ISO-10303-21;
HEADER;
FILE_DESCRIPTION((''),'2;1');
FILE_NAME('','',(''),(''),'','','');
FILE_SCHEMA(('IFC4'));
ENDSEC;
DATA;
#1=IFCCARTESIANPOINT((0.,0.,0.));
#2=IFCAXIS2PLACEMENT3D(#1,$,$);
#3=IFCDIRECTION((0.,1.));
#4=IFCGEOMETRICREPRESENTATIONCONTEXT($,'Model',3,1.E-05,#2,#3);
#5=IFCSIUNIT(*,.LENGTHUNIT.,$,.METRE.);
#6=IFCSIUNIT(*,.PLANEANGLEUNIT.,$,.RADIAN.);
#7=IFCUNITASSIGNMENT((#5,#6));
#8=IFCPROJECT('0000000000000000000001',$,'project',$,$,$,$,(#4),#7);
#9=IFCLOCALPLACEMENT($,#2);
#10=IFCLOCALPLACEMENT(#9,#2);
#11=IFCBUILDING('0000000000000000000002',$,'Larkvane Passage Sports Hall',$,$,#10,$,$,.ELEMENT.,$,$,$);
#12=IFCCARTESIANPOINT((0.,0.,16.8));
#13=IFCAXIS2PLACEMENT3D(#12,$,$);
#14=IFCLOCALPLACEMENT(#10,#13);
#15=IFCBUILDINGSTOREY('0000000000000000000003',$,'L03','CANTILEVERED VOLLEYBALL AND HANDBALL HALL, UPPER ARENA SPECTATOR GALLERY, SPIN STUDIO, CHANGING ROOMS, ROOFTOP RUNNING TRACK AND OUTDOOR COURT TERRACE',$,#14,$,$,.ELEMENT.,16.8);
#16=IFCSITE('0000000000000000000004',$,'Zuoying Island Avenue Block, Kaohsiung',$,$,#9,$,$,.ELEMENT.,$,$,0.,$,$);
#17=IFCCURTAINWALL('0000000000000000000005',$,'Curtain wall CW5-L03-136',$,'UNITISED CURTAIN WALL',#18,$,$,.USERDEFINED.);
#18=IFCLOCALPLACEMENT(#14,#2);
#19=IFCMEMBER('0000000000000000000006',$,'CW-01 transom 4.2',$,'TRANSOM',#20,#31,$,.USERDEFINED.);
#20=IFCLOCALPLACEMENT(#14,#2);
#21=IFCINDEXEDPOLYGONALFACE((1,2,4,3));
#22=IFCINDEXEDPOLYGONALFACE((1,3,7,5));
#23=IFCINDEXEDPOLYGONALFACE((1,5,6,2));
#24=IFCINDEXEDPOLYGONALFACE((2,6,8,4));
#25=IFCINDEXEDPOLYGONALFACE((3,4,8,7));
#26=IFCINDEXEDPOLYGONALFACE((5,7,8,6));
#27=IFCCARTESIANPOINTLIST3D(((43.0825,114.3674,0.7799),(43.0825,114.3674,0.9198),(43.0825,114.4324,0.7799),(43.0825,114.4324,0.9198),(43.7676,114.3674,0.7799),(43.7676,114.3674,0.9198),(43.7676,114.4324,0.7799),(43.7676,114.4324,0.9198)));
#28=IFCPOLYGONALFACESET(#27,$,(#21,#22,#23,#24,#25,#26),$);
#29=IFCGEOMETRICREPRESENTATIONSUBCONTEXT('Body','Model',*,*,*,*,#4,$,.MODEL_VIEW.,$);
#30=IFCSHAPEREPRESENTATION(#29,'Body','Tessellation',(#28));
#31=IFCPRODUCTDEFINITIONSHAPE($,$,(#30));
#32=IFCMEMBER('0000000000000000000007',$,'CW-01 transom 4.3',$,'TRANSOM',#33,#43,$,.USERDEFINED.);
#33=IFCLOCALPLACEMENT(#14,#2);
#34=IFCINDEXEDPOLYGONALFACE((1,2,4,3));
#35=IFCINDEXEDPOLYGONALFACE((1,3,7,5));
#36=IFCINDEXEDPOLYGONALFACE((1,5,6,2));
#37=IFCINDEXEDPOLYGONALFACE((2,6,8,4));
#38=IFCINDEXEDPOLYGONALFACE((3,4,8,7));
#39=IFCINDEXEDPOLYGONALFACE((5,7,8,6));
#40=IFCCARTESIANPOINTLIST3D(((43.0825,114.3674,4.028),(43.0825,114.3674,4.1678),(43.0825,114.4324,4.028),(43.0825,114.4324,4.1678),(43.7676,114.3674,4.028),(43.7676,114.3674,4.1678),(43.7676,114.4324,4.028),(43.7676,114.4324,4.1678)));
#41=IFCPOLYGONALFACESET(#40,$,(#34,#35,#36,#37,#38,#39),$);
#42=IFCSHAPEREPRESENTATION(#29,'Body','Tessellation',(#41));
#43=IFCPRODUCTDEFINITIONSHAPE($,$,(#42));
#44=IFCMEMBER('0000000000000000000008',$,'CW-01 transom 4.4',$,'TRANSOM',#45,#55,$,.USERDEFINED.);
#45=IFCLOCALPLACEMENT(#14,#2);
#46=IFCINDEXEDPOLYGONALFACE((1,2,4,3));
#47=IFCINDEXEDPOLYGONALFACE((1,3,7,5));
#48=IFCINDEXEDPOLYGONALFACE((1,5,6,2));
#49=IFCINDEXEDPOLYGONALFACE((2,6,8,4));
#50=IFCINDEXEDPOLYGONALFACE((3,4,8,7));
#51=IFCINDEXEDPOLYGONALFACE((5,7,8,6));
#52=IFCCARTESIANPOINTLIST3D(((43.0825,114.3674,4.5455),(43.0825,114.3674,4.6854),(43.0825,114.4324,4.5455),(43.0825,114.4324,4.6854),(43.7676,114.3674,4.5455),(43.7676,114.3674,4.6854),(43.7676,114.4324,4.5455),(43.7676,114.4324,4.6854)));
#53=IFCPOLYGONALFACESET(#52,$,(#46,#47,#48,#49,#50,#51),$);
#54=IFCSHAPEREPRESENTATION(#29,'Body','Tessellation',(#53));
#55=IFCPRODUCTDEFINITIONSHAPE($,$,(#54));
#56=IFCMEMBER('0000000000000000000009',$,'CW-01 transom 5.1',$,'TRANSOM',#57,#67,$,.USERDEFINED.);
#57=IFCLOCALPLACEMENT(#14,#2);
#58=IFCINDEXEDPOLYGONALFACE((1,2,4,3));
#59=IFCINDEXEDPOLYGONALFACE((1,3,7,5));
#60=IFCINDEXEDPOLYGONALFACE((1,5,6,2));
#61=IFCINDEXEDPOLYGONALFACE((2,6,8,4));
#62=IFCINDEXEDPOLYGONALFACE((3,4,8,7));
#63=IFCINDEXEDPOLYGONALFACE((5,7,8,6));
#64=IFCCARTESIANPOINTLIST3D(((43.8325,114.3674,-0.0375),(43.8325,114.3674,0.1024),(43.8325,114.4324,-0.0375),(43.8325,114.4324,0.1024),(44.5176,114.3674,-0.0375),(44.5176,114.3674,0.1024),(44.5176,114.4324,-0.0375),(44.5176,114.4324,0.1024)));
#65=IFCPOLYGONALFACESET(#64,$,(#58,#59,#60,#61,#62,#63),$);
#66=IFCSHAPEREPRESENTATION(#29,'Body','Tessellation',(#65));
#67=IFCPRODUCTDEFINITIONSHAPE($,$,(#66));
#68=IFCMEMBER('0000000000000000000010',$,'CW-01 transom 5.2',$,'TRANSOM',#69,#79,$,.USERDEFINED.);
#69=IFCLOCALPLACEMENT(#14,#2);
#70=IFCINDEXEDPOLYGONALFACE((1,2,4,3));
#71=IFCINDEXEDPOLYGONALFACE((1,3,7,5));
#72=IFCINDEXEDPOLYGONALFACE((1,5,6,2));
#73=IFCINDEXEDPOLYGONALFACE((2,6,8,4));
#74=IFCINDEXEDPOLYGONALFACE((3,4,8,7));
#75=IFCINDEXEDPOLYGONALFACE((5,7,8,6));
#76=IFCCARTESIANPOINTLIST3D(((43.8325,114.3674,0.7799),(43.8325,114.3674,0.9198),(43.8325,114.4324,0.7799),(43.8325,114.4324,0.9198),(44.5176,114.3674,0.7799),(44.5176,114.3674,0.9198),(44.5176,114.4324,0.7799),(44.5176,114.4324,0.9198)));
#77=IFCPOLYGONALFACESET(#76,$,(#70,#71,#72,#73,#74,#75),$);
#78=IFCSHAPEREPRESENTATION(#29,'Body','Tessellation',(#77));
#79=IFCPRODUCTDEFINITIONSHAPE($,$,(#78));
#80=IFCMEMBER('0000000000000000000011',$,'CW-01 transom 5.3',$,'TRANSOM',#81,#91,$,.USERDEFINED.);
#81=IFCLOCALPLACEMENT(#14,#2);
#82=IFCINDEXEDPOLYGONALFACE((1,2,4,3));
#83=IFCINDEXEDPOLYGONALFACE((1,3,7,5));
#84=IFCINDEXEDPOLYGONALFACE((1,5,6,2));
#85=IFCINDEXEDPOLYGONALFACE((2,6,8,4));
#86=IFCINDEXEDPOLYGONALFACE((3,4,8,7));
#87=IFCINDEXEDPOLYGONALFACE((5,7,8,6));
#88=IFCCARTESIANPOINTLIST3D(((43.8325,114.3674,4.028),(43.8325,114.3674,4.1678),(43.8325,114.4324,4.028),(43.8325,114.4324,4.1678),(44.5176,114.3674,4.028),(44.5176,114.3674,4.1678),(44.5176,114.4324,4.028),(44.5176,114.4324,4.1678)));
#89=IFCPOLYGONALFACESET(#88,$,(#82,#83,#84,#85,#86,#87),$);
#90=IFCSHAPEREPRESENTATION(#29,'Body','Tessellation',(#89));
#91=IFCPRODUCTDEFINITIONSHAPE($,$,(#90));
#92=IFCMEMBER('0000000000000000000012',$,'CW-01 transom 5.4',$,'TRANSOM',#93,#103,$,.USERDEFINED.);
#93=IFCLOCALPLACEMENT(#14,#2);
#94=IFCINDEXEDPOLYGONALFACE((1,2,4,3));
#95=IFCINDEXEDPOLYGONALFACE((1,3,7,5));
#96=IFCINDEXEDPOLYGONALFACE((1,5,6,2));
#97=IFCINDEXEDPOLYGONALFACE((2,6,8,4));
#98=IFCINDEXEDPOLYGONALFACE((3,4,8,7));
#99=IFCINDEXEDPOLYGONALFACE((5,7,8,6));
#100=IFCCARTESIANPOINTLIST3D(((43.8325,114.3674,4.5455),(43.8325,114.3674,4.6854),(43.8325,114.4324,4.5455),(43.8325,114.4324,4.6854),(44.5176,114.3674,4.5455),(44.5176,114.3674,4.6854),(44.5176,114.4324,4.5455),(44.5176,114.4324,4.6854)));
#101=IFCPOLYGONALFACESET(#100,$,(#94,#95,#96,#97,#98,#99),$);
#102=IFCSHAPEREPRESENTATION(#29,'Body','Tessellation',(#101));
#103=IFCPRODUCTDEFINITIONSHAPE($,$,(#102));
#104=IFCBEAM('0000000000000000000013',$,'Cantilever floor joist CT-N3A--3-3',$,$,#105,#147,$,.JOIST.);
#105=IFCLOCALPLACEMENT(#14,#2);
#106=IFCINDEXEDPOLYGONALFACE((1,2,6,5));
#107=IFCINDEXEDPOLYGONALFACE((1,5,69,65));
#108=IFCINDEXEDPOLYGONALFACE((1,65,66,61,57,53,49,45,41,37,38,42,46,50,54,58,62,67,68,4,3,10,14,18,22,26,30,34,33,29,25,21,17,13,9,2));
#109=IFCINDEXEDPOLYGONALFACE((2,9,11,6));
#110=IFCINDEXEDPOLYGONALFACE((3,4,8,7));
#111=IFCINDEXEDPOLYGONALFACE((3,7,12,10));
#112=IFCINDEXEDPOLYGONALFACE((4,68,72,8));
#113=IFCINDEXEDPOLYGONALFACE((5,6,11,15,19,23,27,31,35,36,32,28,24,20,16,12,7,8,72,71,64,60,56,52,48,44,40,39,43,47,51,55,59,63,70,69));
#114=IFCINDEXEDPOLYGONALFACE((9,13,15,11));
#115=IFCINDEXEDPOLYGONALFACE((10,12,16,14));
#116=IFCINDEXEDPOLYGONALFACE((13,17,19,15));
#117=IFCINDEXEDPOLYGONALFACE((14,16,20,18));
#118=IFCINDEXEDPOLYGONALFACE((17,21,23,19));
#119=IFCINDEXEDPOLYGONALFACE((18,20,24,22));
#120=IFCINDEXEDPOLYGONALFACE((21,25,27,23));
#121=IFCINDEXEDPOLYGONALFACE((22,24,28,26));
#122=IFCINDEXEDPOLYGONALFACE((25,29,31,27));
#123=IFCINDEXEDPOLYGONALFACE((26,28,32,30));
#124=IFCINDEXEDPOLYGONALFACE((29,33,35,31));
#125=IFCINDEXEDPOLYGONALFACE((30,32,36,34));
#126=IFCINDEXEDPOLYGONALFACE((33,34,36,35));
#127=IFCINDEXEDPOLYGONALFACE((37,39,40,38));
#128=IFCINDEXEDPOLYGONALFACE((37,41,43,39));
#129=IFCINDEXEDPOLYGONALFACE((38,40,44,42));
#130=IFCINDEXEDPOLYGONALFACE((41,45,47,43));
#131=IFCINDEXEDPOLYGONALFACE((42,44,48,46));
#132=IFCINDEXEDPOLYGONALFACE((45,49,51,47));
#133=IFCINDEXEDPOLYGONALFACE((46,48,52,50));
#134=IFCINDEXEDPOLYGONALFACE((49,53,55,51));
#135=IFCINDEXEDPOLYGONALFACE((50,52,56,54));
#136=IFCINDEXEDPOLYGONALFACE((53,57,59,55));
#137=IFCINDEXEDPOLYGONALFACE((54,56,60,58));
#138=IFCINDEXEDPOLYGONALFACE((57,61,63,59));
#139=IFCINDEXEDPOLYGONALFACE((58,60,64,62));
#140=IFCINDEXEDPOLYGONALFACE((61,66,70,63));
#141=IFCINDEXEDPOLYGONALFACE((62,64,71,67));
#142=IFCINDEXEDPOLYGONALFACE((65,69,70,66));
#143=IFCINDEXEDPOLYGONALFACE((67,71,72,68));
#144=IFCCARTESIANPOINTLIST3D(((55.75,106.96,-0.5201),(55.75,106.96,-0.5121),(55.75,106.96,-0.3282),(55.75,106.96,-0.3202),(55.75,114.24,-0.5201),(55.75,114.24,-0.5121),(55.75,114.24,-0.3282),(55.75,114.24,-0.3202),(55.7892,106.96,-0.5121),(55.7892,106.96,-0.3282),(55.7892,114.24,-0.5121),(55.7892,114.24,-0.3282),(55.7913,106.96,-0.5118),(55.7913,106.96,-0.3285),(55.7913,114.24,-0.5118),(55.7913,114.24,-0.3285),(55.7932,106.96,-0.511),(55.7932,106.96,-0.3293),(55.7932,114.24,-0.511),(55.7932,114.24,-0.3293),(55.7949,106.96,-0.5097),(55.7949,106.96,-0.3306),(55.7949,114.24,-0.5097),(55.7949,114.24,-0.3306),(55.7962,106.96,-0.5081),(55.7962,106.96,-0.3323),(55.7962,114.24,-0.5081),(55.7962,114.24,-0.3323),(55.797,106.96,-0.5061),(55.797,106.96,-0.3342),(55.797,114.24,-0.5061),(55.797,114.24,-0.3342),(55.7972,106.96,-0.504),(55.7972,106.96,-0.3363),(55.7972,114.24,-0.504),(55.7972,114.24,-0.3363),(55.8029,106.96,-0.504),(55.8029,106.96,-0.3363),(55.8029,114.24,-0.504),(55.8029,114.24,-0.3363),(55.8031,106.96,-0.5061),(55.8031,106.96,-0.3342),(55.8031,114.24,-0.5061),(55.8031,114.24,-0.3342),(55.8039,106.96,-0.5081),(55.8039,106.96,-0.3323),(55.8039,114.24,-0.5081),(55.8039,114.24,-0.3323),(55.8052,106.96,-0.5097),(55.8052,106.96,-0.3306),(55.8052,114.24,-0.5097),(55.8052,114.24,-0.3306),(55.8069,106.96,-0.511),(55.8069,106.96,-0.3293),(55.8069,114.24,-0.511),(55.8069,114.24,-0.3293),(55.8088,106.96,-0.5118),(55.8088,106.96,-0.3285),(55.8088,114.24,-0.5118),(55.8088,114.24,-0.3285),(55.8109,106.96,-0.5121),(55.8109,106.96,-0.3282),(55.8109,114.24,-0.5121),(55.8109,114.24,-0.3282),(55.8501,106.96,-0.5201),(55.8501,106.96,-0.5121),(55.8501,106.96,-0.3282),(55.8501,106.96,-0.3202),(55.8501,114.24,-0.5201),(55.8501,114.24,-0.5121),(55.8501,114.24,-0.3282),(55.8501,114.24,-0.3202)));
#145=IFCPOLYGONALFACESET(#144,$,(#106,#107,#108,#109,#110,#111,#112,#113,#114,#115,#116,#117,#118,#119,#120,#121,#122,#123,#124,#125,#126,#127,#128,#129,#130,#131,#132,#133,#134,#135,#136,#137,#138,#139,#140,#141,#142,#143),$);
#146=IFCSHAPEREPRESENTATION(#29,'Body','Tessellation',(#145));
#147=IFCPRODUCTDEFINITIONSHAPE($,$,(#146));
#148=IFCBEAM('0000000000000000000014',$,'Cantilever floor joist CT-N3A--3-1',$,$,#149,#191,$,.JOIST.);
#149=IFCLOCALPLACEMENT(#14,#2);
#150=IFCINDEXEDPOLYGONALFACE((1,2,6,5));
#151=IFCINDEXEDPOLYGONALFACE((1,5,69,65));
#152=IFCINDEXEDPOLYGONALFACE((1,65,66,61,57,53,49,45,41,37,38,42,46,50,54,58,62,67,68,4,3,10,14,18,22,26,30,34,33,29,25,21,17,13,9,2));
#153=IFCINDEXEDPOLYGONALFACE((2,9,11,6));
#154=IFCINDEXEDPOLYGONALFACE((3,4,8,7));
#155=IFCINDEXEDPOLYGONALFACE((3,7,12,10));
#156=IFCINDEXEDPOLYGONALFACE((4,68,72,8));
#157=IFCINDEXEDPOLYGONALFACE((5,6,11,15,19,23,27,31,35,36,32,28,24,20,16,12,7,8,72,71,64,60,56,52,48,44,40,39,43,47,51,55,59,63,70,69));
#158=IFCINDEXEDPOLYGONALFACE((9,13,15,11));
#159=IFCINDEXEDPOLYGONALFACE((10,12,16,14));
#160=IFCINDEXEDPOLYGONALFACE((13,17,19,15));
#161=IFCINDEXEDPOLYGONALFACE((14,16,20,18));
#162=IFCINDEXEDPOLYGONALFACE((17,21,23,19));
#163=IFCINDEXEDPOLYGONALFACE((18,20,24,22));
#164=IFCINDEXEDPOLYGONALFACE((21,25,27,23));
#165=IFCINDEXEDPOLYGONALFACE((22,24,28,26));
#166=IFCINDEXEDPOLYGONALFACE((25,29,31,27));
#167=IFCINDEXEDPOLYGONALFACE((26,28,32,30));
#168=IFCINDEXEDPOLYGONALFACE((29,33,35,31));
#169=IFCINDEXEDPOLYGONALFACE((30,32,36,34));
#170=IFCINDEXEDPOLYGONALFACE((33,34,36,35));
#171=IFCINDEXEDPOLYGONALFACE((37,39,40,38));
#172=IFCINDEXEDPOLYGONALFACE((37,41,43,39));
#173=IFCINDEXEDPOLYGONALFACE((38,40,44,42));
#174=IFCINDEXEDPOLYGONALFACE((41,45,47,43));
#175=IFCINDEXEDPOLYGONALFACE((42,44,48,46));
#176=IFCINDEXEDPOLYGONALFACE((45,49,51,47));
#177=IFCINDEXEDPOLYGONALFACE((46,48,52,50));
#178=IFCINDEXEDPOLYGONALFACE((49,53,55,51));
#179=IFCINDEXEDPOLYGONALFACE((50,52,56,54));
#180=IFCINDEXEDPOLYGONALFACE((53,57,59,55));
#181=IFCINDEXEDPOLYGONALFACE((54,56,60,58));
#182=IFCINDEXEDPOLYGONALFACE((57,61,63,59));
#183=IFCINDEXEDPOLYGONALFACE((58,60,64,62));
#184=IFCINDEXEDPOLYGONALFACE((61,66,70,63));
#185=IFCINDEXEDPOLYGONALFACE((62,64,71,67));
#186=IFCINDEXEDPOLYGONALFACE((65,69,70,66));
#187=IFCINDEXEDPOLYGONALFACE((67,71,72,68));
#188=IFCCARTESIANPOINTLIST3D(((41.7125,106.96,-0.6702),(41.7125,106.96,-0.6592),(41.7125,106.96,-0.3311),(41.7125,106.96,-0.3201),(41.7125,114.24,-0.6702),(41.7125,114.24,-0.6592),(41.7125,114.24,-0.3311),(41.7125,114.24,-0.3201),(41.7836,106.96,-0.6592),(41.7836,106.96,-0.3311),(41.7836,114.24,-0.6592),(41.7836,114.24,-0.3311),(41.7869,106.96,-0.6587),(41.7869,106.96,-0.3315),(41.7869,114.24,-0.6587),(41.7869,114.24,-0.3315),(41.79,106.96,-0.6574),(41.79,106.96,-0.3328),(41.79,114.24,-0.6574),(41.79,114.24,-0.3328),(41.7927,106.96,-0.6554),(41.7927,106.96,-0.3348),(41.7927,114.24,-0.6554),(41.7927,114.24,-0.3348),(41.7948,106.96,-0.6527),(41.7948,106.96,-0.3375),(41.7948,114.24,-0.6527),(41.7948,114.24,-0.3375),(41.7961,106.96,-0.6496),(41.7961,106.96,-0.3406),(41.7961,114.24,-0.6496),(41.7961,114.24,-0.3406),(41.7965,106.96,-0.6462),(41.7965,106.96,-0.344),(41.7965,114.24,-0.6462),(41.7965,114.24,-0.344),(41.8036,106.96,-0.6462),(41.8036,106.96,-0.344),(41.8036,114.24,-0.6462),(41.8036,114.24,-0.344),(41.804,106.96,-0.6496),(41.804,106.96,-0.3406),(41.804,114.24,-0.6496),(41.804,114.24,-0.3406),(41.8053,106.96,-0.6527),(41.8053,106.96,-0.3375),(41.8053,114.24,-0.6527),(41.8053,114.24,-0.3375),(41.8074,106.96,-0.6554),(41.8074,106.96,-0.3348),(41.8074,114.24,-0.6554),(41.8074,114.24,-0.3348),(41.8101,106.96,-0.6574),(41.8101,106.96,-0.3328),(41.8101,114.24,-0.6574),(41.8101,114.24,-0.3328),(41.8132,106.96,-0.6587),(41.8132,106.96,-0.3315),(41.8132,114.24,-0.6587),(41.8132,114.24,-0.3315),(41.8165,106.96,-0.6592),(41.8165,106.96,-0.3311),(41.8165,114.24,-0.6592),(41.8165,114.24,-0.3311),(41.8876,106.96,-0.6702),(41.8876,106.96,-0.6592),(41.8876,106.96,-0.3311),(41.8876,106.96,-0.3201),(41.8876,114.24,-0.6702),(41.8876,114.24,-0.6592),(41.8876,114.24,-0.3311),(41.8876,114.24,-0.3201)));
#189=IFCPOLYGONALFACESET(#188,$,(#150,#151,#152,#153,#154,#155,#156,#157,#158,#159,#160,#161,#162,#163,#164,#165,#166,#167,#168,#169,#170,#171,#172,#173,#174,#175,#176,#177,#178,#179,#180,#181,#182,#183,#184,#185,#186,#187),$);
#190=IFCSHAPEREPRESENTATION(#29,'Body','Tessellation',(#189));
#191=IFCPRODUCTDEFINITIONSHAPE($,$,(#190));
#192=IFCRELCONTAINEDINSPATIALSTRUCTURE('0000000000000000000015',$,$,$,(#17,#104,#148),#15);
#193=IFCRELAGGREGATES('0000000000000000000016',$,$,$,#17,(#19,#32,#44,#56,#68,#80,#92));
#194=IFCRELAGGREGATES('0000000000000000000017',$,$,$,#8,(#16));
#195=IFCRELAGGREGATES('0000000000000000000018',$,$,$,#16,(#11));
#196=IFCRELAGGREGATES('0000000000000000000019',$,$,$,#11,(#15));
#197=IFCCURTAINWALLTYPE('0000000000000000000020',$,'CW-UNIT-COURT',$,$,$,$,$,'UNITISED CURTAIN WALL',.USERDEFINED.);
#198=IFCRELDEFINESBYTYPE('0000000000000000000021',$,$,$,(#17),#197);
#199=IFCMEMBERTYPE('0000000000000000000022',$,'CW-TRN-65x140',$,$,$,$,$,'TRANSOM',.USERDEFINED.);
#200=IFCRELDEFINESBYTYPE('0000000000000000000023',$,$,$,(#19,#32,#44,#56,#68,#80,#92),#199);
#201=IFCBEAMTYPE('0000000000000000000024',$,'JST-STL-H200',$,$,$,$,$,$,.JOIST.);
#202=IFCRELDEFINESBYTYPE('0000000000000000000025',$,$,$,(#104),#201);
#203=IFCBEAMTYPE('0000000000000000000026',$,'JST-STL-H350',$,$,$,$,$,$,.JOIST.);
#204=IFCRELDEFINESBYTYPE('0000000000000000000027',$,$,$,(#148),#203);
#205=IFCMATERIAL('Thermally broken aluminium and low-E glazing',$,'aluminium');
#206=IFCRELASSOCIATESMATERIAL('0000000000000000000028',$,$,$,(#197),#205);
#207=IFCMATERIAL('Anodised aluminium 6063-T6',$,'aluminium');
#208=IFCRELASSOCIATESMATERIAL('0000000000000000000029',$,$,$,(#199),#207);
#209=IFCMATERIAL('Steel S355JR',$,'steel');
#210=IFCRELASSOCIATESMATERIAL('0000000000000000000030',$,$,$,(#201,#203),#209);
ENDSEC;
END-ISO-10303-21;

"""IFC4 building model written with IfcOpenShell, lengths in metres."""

from ifc_helpers import new_model, si_unit, direction, frame, origin, origin_2d, place, context, subcontext, project, spatial, rectangle, i_section, extrude, material, material_profile, profile_set, type_object, element, aggregate, save


model = new_model("IFC4")

# Units and contexts
model_context = context("Model", 3, precision=1e-05, world=origin(), true_north=direction((0.0, 1.0)))
body_context = subcontext(model_context, "Body", "Model", "MODEL_VIEW")
ifc_project = project(units=[si_unit("LENGTHUNIT", "METRE"), si_unit("PLANEANGLEUNIT", "RADIAN")], contexts=[model_context])

# Site, building, storey
site_placement = place(None, origin())
site = spatial("IfcSite", under=ifc_project, at=site_placement, Name="Zuoying Island Avenue Block, Kaohsiung", CompositionType="ELEMENT", RefElevation=0.0)
building_placement = place(site_placement, origin())
building = spatial("IfcBuilding", under=site, at=building_placement, Name="Larkvane Passage Sports Hall", CompositionType="ELEMENT")
storey_placement = place(building_placement, frame((0.0, 0.0, 16.8)))
storey = spatial("IfcBuildingStorey", under=building, at=storey_placement, Name="L03", Description="CANTILEVERED VOLLEYBALL AND HANDBALL HALL, UPPER ARENA SPECTATOR GALLERY, SPIN STUDIO, CHANGING ROOMS, ROOFTOP RUNNING TRACK AND OUTDOOR COURT TERRACE", CompositionType="ELEMENT", Elevation=16.8)

# Curtain wall, members
ifc_material_1 = material(Name="Thermally broken aluminium and low-E glazing", Category="aluminium")
curtain_wall_type = type_object("IfcCurtainWallType", Name="CW-UNIT-COURT", ElementType="UNITISED CURTAIN WALL", PredefinedType="USERDEFINED", material=ifc_material_1)
curtain_wall_placement = place(storey_placement, origin())
curtain_wall = element("IfcCurtainWall", 1, at=curtain_wall_placement, inside=storey, type_object=curtain_wall_type, Name="Curtain wall CW5-L03-136", ObjectType="UNITISED CURTAIN WALL", PredefinedType="USERDEFINED")
ifc_material_2 = material(Name="Anodised aluminium 6063-T6", Category="aluminium")
ifc_material_profile_1 = material_profile(ifc_material_2, rectangle(XDim=0.0649, YDim=0.1399, at=origin_2d()), Name="ALU-TRN-65x140")
ifc_profile_set_1 = profile_set([ifc_material_profile_1], Name="Anodised aluminium 6063-T6")
member_type_1 = type_object("IfcMemberType", Name="CW-TRN-65x140", ElementType="TRANSOM", PredefinedType="USERDEFINED", material=ifc_profile_set_1)
member_1_placement = place(storey_placement, frame((43.0825, 114.3999, 0.8499), z_axis=(1.0, 0.0, 0.0), x_axis=(0.0, 1.0, 0.0)))
member_1 = element("IfcMember", 2, at=member_1_placement, type_object=member_type_1, Name="CW-01 transom 4.2", ObjectType="TRANSOM", PredefinedType="USERDEFINED", context=body_context, shape_type="SweptSolid", body=[
    extrude(rectangle(XDim=0.0649, YDim=0.1399, at=origin_2d()), origin(), (0.0, 0.0, 1.0), 0.6851),
])
member_2_placement = place(storey_placement, frame((43.0825, 114.3999, 4.0979), z_axis=(1.0, 0.0, 0.0), x_axis=(0.0, 1.0, 0.0)))
member_2 = element("IfcMember", 3, at=member_2_placement, type_object=member_type_1, Name="CW-01 transom 4.3", ObjectType="TRANSOM", PredefinedType="USERDEFINED", context=body_context, shape_type="SweptSolid", body=[
    extrude(rectangle(XDim=0.0649, YDim=0.1399, at=origin_2d()), origin(), (0.0, 0.0, 1.0), 0.6851),
])
member_3_placement = place(storey_placement, frame((43.0825, 114.3999, 4.6155), z_axis=(1.0, 0.0, 0.0), x_axis=(0.0, 1.0, 0.0)))
member_3 = element("IfcMember", 4, at=member_3_placement, type_object=member_type_1, Name="CW-01 transom 4.4", ObjectType="TRANSOM", PredefinedType="USERDEFINED", context=body_context, shape_type="SweptSolid", body=[
    extrude(rectangle(XDim=0.0649, YDim=0.1399, at=origin_2d()), origin(), (0.0, 0.0, 1.0), 0.6851),
])
member_4_placement = place(storey_placement, frame((43.8325, 114.3999, 0.0325), z_axis=(1.0, 0.0, 0.0), x_axis=(0.0, 1.0, 0.0)))
member_4 = element("IfcMember", 5, at=member_4_placement, type_object=member_type_1, Name="CW-01 transom 5.1", ObjectType="TRANSOM", PredefinedType="USERDEFINED", context=body_context, shape_type="SweptSolid", body=[
    extrude(rectangle(XDim=0.0649, YDim=0.1399, at=origin_2d()), origin(), (0.0, 0.0, 1.0), 0.6851),
])
member_5_placement = place(storey_placement, frame((43.8325, 114.3999, 0.8499), z_axis=(1.0, 0.0, 0.0), x_axis=(0.0, 1.0, 0.0)))
member_5 = element("IfcMember", 6, at=member_5_placement, type_object=member_type_1, Name="CW-01 transom 5.2", ObjectType="TRANSOM", PredefinedType="USERDEFINED", context=body_context, shape_type="SweptSolid", body=[
    extrude(rectangle(XDim=0.0649, YDim=0.1399, at=origin_2d()), origin(), (0.0, 0.0, 1.0), 0.6851),
])
member_6_placement = place(storey_placement, frame((43.8325, 114.3999, 4.0979), z_axis=(1.0, 0.0, 0.0), x_axis=(0.0, 1.0, 0.0)))
member_6 = element("IfcMember", 7, at=member_6_placement, type_object=member_type_1, Name="CW-01 transom 5.3", ObjectType="TRANSOM", PredefinedType="USERDEFINED", context=body_context, shape_type="SweptSolid", body=[
    extrude(rectangle(XDim=0.0649, YDim=0.1399, at=origin_2d()), origin(), (0.0, 0.0, 1.0), 0.6851),
])
member_7_placement = place(storey_placement, frame((43.8325, 114.3999, 4.6155), z_axis=(1.0, 0.0, 0.0), x_axis=(0.0, 1.0, 0.0)))
member_7 = element("IfcMember", 8, at=member_7_placement, type_object=member_type_1, Name="CW-01 transom 5.4", ObjectType="TRANSOM", PredefinedType="USERDEFINED", context=body_context, shape_type="SweptSolid", body=[
    extrude(rectangle(XDim=0.0649, YDim=0.1399, at=origin_2d()), origin(), (0.0, 0.0, 1.0), 0.6851),
])

# Beams
ifc_material_3 = material(Name="Steel S355JR", Category="steel")
ifc_material_profile_2 = material_profile(ifc_material_3, i_section(OverallWidth=0.1001, OverallDepth=0.2, WebThickness=0.0056, FlangeThickness=0.0081, FilletRadius=0.0081, at=origin_2d()), Name="H-200x100x5.5x8")
ifc_profile_set_2 = profile_set([ifc_material_profile_2], Name="Steel S355JR")
beam_type_1 = type_object("IfcBeamType", Name="JST-STL-H200", PredefinedType="JOIST", material=ifc_profile_set_2)
beam_1_placement = place(storey_placement, frame((55.8, 106.96, -0.4202), z_axis=(0.0, 1.0, 0.0), x_axis=(-1.0, 0.0, 0.0)))
element("IfcBeam", 9, at=beam_1_placement, inside=storey, type_object=beam_type_1, Name="Cantilever floor joist CT-N3A--3-3", PredefinedType="JOIST", context=body_context, shape_type="SweptSolid", body=[
    extrude(i_section(OverallWidth=0.1001, OverallDepth=0.2, WebThickness=0.0056, FlangeThickness=0.0081, FilletRadius=0.0081, at=origin_2d()), origin(), (0.0, 0.0, 1.0), 7.28),
])
ifc_material_profile_3 = material_profile(ifc_material_3, i_section(OverallWidth=0.175, OverallDepth=0.3501, WebThickness=0.0071, FlangeThickness=0.011, FilletRadius=0.0129, at=origin_2d()), Name="H-350x175x7x11")
ifc_profile_set_3 = profile_set([ifc_material_profile_3], Name="Steel S355JR")
beam_type_2 = type_object("IfcBeamType", Name="JST-STL-H350", PredefinedType="JOIST", material=ifc_profile_set_3)
beam_2_placement = place(storey_placement, frame((41.8, 106.96, -0.4951), z_axis=(0.0, 1.0, 0.0), x_axis=(-1.0, 0.0, 0.0)))
element("IfcBeam", 10, at=beam_2_placement, inside=storey, type_object=beam_type_2, Name="Cantilever floor joist CT-N3A--3-1", PredefinedType="JOIST", context=body_context, shape_type="SweptSolid", body=[
    extrude(i_section(OverallWidth=0.175, OverallDepth=0.3501, WebThickness=0.0071, FlangeThickness=0.011, FilletRadius=0.0129, at=origin_2d()), origin(), (0.0, 0.0, 1.0), 7.28),
])

aggregate(curtain_wall, [member_1, member_2, member_3, member_4, member_5, member_6, member_7])

save(model, "model.ifc")
